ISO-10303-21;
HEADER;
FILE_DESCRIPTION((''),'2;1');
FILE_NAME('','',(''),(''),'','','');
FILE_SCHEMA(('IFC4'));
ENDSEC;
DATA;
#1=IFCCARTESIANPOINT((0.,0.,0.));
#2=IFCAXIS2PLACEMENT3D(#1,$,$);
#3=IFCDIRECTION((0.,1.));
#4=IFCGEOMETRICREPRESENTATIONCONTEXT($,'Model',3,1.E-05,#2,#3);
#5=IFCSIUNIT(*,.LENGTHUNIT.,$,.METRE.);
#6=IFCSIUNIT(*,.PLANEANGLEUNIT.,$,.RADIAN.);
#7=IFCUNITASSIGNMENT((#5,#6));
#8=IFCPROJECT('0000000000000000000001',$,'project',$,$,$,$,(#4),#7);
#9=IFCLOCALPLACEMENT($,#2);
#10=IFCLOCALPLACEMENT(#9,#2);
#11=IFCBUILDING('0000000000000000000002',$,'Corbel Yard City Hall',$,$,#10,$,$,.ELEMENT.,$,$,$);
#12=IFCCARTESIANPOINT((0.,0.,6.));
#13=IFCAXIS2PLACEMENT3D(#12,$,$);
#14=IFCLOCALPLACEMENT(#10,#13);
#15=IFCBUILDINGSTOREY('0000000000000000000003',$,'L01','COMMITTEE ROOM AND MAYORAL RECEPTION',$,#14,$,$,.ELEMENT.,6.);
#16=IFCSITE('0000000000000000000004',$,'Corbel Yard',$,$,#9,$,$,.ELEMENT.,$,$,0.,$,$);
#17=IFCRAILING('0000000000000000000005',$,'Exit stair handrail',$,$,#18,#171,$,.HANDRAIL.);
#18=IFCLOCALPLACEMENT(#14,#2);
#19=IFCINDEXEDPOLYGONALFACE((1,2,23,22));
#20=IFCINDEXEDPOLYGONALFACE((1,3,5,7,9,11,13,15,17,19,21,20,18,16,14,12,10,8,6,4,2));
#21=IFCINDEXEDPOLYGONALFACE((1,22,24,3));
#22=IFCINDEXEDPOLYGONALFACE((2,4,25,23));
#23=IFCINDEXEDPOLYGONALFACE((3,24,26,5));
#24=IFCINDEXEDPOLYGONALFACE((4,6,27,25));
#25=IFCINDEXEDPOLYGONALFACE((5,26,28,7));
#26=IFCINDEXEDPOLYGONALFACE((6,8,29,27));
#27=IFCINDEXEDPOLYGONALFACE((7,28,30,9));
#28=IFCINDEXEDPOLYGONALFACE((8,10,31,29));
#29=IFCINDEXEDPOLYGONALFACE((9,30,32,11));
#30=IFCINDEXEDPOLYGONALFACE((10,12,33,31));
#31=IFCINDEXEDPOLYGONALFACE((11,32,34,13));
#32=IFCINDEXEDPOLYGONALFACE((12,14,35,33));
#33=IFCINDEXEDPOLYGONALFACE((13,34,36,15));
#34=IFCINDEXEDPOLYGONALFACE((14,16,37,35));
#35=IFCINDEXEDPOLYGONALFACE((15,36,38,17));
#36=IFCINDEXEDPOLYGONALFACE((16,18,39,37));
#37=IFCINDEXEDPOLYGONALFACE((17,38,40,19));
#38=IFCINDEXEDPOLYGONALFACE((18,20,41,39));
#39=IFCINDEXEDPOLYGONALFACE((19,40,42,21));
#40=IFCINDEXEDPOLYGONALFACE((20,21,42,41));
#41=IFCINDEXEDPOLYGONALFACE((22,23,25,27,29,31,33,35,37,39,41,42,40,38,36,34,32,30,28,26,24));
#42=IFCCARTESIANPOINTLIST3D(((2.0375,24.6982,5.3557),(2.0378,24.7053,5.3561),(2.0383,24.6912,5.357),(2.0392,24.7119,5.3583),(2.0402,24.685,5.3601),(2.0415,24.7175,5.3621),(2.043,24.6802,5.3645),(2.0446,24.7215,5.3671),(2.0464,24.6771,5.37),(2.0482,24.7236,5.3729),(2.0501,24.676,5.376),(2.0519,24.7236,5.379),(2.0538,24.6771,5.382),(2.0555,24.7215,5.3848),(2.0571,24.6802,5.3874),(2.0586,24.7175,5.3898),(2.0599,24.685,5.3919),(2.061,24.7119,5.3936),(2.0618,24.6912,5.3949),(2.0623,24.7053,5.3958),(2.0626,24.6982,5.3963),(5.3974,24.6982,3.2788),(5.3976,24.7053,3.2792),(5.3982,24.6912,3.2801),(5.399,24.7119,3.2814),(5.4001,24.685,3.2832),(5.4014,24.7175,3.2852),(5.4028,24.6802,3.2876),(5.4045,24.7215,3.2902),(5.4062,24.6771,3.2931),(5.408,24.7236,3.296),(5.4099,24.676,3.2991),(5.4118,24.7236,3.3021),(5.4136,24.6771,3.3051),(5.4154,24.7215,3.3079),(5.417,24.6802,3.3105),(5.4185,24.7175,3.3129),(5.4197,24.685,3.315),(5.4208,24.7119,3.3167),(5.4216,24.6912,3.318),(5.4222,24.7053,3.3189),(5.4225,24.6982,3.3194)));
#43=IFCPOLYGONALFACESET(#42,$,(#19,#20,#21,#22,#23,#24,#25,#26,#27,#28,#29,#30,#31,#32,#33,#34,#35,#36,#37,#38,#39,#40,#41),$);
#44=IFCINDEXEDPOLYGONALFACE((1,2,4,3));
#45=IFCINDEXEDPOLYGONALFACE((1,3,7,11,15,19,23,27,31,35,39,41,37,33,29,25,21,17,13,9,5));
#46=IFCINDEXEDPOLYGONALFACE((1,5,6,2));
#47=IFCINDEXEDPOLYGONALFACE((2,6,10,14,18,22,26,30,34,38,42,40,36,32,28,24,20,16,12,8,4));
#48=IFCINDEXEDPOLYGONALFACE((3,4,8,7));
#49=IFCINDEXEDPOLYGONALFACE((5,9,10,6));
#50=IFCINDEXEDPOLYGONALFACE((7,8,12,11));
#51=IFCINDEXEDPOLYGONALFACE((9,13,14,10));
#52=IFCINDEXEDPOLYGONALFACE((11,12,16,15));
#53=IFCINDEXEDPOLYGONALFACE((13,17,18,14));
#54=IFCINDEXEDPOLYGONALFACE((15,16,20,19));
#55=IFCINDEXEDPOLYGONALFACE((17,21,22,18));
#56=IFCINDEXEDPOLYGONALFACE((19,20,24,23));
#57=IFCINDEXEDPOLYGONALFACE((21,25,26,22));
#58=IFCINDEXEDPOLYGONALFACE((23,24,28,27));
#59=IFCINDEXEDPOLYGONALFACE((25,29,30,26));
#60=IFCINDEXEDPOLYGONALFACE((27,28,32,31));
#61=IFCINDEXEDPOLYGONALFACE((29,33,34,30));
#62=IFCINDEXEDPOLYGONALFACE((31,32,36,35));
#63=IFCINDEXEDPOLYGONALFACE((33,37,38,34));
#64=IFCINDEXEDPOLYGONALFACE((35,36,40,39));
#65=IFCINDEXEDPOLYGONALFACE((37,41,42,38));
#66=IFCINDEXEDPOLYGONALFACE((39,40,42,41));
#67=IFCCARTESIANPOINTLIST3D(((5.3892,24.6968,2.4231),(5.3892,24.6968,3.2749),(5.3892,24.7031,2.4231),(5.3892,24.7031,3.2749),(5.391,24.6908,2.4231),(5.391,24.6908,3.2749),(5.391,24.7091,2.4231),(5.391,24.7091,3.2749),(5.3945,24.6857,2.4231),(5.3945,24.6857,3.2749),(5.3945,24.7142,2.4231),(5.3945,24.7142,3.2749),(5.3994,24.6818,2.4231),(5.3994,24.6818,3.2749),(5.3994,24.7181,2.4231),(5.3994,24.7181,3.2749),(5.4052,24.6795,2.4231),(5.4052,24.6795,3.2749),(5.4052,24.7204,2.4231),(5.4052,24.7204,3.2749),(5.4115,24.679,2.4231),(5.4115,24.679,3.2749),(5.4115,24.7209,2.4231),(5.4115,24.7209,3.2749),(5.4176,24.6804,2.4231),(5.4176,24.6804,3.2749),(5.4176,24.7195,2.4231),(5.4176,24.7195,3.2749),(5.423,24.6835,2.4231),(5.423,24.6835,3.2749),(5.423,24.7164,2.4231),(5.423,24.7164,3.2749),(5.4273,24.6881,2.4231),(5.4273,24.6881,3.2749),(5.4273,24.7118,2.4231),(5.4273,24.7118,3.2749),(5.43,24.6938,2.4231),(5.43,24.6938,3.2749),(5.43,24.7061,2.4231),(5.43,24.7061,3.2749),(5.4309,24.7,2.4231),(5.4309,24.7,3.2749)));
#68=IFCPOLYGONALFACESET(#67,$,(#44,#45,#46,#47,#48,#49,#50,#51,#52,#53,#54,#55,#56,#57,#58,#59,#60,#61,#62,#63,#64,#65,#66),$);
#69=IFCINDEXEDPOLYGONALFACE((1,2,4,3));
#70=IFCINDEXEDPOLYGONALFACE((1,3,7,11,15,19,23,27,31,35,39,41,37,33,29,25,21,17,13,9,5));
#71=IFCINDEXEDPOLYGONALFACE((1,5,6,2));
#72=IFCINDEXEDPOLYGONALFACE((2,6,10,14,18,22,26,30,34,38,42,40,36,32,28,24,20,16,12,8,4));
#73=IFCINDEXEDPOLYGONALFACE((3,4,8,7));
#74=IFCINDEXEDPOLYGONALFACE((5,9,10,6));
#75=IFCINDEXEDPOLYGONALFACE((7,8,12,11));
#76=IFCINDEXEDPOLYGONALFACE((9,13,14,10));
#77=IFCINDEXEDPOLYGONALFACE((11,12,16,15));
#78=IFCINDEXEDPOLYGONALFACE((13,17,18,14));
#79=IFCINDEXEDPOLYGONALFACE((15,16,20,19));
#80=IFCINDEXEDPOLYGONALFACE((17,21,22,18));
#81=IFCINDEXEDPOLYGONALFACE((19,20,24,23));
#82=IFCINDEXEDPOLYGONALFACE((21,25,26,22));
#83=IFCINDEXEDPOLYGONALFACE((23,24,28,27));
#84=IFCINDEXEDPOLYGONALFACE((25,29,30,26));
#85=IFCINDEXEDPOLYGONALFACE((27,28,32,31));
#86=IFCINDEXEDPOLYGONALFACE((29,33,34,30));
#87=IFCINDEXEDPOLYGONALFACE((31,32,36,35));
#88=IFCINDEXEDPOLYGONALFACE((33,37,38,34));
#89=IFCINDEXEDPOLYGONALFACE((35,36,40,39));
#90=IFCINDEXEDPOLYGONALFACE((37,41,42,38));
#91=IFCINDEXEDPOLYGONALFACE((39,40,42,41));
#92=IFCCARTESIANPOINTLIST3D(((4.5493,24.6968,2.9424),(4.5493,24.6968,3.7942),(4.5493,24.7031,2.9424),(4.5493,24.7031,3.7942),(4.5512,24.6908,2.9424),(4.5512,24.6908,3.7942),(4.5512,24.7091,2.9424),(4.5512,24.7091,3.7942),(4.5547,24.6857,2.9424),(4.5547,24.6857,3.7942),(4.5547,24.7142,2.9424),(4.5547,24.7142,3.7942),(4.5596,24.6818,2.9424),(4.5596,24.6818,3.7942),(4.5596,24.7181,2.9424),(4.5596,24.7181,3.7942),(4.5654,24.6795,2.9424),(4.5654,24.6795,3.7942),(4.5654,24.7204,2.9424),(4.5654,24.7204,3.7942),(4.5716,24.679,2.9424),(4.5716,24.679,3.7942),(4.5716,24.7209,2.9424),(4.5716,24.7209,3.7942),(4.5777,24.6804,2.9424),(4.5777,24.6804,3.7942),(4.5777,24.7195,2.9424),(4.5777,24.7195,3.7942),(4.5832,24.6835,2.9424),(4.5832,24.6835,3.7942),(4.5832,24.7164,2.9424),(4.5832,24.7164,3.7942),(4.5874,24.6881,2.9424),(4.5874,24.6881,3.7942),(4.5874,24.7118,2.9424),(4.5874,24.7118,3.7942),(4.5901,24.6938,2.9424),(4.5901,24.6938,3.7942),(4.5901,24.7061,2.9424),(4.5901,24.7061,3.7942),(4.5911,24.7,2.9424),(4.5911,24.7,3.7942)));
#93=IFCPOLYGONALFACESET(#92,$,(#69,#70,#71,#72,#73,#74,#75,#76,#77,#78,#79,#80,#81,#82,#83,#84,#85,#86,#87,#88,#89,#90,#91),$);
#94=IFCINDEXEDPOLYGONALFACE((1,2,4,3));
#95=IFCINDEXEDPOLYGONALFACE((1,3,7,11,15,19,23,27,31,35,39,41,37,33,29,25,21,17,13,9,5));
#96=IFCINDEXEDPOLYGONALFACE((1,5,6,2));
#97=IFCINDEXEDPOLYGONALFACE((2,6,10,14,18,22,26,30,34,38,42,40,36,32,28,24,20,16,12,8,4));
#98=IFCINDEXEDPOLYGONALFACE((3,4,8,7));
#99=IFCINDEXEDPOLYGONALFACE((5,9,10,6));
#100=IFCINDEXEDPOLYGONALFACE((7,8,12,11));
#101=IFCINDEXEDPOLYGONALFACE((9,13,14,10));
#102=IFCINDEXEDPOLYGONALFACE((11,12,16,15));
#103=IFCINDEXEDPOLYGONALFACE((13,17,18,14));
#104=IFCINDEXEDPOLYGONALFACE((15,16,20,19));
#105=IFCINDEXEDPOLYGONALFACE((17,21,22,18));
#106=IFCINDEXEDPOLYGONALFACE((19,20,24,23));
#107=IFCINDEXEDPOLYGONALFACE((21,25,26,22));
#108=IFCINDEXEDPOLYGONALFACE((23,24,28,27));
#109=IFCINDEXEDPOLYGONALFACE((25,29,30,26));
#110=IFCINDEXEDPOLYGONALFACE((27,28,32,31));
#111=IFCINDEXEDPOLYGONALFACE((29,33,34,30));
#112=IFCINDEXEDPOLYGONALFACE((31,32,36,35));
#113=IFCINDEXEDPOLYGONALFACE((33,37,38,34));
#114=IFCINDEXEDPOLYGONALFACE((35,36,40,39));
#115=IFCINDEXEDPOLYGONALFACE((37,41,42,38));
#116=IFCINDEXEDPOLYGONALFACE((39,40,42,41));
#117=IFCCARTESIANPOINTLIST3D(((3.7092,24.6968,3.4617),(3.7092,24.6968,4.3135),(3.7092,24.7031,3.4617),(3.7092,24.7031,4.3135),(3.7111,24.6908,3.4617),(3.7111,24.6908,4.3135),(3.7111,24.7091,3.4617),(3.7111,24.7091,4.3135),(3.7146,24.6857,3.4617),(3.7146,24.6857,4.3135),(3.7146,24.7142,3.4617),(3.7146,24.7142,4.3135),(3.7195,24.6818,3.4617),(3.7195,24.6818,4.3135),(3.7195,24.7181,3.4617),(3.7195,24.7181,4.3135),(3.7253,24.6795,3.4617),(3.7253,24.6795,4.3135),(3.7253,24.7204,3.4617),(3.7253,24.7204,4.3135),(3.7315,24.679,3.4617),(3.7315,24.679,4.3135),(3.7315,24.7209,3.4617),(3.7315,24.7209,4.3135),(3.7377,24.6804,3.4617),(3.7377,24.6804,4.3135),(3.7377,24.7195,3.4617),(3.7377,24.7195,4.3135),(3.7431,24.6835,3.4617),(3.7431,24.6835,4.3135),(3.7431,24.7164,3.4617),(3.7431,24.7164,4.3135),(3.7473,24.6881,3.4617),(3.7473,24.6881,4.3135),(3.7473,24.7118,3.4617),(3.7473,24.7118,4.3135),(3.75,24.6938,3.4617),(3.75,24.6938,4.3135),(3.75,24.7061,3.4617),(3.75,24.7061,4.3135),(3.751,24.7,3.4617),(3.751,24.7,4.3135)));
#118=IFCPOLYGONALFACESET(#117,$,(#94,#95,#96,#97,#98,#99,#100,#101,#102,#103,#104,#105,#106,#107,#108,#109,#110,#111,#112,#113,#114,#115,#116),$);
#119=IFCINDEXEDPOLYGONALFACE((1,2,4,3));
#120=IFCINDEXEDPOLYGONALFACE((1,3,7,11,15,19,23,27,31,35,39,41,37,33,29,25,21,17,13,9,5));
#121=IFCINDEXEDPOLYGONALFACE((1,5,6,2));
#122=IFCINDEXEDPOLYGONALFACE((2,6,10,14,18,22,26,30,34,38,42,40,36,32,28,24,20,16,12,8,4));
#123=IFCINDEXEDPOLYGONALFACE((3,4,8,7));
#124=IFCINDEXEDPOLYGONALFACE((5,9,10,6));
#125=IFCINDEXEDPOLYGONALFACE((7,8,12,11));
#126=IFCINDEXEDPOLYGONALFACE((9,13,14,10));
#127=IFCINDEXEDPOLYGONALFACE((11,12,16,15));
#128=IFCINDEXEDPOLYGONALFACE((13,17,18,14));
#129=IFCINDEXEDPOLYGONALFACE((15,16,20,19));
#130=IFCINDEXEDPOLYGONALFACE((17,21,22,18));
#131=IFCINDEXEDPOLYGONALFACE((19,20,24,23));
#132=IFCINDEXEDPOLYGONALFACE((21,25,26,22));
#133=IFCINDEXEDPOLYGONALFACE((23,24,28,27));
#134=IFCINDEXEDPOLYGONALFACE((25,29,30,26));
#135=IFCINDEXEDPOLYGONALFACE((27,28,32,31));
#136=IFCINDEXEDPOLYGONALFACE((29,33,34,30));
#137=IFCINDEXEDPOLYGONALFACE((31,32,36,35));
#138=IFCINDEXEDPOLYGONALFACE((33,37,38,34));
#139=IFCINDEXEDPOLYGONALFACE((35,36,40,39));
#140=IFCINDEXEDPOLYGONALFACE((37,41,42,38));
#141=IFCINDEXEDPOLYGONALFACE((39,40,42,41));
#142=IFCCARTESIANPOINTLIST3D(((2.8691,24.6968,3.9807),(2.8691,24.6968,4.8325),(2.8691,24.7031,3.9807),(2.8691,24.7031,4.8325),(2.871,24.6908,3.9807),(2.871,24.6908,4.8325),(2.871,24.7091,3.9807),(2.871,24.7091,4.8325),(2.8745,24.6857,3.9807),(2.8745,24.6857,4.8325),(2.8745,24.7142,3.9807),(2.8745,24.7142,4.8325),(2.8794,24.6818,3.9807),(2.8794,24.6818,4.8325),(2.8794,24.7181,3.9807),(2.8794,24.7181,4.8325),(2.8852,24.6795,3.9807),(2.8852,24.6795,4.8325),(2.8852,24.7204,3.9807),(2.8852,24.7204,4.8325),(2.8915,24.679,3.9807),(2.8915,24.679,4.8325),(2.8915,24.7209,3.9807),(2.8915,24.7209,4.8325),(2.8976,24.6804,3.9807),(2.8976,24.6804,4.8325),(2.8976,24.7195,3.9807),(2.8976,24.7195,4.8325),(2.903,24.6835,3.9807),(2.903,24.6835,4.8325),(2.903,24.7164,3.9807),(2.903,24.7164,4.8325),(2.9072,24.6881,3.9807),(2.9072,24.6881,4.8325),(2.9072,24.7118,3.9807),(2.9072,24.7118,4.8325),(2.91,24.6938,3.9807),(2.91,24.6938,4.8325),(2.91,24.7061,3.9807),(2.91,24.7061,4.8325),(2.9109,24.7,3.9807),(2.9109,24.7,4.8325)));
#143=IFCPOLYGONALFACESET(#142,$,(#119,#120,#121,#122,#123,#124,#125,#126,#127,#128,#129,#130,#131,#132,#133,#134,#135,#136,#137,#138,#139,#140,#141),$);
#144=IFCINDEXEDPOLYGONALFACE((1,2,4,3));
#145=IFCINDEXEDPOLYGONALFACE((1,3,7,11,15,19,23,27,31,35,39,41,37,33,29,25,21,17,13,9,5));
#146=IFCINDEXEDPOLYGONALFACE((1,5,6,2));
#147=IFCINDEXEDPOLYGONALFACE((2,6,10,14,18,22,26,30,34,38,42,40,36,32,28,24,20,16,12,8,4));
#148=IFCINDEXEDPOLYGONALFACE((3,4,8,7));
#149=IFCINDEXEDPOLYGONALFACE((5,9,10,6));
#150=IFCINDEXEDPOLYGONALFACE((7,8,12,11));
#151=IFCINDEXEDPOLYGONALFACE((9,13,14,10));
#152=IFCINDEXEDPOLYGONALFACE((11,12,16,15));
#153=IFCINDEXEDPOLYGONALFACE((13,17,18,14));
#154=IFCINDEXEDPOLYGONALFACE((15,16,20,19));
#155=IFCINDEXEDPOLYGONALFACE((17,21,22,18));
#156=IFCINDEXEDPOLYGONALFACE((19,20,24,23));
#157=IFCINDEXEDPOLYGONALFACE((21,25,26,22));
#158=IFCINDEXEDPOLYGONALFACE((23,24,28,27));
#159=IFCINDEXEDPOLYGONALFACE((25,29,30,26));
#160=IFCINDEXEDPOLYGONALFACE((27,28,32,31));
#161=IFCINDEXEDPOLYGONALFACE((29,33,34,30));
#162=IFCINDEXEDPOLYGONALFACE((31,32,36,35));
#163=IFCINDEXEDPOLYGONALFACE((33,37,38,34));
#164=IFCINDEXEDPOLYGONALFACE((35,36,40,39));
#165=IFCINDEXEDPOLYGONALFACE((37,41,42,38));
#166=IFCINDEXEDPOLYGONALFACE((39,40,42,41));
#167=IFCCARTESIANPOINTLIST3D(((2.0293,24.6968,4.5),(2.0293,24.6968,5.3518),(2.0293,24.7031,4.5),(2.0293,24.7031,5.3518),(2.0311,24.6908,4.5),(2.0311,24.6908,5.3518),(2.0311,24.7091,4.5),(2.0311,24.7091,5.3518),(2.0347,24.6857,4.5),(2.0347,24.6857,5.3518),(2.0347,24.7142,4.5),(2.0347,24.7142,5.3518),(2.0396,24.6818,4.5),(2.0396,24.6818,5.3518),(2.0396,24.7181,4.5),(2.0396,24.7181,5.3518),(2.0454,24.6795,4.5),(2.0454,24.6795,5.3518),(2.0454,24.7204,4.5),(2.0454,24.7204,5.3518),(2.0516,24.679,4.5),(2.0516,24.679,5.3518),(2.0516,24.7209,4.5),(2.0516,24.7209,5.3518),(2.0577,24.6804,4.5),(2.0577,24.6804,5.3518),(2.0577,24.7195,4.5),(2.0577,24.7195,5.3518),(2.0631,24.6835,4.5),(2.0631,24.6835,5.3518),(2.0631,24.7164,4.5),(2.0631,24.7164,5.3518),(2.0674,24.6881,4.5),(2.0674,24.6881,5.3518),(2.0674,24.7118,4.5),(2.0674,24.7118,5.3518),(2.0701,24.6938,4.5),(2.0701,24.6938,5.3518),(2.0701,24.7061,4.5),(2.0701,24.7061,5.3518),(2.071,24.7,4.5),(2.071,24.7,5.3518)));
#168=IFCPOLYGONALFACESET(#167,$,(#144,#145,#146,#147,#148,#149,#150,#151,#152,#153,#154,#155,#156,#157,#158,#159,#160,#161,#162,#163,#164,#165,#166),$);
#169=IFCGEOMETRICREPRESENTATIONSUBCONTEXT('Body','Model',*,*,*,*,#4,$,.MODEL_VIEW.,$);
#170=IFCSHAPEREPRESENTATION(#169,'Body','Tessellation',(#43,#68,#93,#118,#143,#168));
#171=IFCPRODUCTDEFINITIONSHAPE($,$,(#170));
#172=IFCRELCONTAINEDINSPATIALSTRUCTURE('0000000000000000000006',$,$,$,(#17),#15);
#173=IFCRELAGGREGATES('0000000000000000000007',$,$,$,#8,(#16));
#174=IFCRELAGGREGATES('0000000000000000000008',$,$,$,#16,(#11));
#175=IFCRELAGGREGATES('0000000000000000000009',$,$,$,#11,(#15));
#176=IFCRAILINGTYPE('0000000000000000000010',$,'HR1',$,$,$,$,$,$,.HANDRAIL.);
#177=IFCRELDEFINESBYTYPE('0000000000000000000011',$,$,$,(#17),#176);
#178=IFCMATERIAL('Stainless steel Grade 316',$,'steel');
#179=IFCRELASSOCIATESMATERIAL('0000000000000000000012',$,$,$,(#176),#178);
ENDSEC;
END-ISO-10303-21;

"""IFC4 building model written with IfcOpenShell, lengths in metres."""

from ifc_helpers import new_model, si_unit, direction, frame, origin, origin_2d, place, context, subcontext, project, spatial, circle, extrude, material, type_object, element, save


model = new_model("IFC4")

# Units and contexts
model_context = context("Model", 3, precision=1e-05, world=origin(), true_north=direction((0.0, 1.0)))
body_context = subcontext(model_context, "Body", "Model", "MODEL_VIEW")
ifc_project = project(units=[si_unit("LENGTHUNIT", "METRE"), si_unit("PLANEANGLEUNIT", "RADIAN")], contexts=[model_context])

# Site, building, storey
site_placement = place(None, origin())
site = spatial("IfcSite", under=ifc_project, at=site_placement, Name="Corbel Yard", CompositionType="ELEMENT", RefElevation=0.0)
building_placement = place(site_placement, origin())
building = spatial("IfcBuilding", under=site, at=building_placement, Name="Corbel Yard City Hall", CompositionType="ELEMENT")
storey_placement = place(building_placement, frame((0.0, 0.0, 6.0)))
storey = spatial("IfcBuildingStorey", under=building, at=storey_placement, Name="L01", Description="COMMITTEE ROOM AND MAYORAL RECEPTION", CompositionType="ELEMENT", Elevation=6.0)

# Railing
ifc_material_1 = material(Name="Stainless steel Grade 316", Category="steel")
railing_type_1 = type_object("IfcRailingType", Name="HR1", PredefinedType="HANDRAIL", material=ifc_material_1)
for number, where, name in (
    (1, (5.4099, 24.7, 2.4231), "Exit stair handrail"),
):
    element("IfcRailing", number, at=place(storey_placement, frame(where)), inside=storey, type_object=railing_type_1, Name=name, PredefinedType="HANDRAIL", context=body_context, shape_type="SweptSolid", body=[
        extrude(circle(Radius=0.0239, at=origin_2d()), frame((0.0, 0.0, 0.876), z_axis=(-0.850606, 0.0, 0.525803), x_axis=(0.0, -1.0, 0.0)), (0.0, 0.0, 1.0), 3.95),
        extrude(circle(Radius=0.021, at=origin_2d()), origin(), (0.0, 0.0, 1.0), 0.8518),
        extrude(circle(Radius=0.021, at=origin_2d()), frame((-0.8398, 0.0, 0.5193)), (0.0, 0.0, 1.0), 0.8518),
        extrude(circle(Radius=0.021, at=origin_2d()), frame((-1.6799, 0.0, 1.0386)), (0.0, 0.0, 1.0), 0.8518),
        extrude(circle(Radius=0.021, at=origin_2d()), frame((-2.52, 0.0, 1.5576)), (0.0, 0.0, 1.0), 0.8518),
        extrude(circle(Radius=0.021, at=origin_2d()), frame((-3.3599, 0.0, 2.0769)), (0.0, 0.0, 1.0), 0.8518),
    ])

save(model, "model.ifc")
